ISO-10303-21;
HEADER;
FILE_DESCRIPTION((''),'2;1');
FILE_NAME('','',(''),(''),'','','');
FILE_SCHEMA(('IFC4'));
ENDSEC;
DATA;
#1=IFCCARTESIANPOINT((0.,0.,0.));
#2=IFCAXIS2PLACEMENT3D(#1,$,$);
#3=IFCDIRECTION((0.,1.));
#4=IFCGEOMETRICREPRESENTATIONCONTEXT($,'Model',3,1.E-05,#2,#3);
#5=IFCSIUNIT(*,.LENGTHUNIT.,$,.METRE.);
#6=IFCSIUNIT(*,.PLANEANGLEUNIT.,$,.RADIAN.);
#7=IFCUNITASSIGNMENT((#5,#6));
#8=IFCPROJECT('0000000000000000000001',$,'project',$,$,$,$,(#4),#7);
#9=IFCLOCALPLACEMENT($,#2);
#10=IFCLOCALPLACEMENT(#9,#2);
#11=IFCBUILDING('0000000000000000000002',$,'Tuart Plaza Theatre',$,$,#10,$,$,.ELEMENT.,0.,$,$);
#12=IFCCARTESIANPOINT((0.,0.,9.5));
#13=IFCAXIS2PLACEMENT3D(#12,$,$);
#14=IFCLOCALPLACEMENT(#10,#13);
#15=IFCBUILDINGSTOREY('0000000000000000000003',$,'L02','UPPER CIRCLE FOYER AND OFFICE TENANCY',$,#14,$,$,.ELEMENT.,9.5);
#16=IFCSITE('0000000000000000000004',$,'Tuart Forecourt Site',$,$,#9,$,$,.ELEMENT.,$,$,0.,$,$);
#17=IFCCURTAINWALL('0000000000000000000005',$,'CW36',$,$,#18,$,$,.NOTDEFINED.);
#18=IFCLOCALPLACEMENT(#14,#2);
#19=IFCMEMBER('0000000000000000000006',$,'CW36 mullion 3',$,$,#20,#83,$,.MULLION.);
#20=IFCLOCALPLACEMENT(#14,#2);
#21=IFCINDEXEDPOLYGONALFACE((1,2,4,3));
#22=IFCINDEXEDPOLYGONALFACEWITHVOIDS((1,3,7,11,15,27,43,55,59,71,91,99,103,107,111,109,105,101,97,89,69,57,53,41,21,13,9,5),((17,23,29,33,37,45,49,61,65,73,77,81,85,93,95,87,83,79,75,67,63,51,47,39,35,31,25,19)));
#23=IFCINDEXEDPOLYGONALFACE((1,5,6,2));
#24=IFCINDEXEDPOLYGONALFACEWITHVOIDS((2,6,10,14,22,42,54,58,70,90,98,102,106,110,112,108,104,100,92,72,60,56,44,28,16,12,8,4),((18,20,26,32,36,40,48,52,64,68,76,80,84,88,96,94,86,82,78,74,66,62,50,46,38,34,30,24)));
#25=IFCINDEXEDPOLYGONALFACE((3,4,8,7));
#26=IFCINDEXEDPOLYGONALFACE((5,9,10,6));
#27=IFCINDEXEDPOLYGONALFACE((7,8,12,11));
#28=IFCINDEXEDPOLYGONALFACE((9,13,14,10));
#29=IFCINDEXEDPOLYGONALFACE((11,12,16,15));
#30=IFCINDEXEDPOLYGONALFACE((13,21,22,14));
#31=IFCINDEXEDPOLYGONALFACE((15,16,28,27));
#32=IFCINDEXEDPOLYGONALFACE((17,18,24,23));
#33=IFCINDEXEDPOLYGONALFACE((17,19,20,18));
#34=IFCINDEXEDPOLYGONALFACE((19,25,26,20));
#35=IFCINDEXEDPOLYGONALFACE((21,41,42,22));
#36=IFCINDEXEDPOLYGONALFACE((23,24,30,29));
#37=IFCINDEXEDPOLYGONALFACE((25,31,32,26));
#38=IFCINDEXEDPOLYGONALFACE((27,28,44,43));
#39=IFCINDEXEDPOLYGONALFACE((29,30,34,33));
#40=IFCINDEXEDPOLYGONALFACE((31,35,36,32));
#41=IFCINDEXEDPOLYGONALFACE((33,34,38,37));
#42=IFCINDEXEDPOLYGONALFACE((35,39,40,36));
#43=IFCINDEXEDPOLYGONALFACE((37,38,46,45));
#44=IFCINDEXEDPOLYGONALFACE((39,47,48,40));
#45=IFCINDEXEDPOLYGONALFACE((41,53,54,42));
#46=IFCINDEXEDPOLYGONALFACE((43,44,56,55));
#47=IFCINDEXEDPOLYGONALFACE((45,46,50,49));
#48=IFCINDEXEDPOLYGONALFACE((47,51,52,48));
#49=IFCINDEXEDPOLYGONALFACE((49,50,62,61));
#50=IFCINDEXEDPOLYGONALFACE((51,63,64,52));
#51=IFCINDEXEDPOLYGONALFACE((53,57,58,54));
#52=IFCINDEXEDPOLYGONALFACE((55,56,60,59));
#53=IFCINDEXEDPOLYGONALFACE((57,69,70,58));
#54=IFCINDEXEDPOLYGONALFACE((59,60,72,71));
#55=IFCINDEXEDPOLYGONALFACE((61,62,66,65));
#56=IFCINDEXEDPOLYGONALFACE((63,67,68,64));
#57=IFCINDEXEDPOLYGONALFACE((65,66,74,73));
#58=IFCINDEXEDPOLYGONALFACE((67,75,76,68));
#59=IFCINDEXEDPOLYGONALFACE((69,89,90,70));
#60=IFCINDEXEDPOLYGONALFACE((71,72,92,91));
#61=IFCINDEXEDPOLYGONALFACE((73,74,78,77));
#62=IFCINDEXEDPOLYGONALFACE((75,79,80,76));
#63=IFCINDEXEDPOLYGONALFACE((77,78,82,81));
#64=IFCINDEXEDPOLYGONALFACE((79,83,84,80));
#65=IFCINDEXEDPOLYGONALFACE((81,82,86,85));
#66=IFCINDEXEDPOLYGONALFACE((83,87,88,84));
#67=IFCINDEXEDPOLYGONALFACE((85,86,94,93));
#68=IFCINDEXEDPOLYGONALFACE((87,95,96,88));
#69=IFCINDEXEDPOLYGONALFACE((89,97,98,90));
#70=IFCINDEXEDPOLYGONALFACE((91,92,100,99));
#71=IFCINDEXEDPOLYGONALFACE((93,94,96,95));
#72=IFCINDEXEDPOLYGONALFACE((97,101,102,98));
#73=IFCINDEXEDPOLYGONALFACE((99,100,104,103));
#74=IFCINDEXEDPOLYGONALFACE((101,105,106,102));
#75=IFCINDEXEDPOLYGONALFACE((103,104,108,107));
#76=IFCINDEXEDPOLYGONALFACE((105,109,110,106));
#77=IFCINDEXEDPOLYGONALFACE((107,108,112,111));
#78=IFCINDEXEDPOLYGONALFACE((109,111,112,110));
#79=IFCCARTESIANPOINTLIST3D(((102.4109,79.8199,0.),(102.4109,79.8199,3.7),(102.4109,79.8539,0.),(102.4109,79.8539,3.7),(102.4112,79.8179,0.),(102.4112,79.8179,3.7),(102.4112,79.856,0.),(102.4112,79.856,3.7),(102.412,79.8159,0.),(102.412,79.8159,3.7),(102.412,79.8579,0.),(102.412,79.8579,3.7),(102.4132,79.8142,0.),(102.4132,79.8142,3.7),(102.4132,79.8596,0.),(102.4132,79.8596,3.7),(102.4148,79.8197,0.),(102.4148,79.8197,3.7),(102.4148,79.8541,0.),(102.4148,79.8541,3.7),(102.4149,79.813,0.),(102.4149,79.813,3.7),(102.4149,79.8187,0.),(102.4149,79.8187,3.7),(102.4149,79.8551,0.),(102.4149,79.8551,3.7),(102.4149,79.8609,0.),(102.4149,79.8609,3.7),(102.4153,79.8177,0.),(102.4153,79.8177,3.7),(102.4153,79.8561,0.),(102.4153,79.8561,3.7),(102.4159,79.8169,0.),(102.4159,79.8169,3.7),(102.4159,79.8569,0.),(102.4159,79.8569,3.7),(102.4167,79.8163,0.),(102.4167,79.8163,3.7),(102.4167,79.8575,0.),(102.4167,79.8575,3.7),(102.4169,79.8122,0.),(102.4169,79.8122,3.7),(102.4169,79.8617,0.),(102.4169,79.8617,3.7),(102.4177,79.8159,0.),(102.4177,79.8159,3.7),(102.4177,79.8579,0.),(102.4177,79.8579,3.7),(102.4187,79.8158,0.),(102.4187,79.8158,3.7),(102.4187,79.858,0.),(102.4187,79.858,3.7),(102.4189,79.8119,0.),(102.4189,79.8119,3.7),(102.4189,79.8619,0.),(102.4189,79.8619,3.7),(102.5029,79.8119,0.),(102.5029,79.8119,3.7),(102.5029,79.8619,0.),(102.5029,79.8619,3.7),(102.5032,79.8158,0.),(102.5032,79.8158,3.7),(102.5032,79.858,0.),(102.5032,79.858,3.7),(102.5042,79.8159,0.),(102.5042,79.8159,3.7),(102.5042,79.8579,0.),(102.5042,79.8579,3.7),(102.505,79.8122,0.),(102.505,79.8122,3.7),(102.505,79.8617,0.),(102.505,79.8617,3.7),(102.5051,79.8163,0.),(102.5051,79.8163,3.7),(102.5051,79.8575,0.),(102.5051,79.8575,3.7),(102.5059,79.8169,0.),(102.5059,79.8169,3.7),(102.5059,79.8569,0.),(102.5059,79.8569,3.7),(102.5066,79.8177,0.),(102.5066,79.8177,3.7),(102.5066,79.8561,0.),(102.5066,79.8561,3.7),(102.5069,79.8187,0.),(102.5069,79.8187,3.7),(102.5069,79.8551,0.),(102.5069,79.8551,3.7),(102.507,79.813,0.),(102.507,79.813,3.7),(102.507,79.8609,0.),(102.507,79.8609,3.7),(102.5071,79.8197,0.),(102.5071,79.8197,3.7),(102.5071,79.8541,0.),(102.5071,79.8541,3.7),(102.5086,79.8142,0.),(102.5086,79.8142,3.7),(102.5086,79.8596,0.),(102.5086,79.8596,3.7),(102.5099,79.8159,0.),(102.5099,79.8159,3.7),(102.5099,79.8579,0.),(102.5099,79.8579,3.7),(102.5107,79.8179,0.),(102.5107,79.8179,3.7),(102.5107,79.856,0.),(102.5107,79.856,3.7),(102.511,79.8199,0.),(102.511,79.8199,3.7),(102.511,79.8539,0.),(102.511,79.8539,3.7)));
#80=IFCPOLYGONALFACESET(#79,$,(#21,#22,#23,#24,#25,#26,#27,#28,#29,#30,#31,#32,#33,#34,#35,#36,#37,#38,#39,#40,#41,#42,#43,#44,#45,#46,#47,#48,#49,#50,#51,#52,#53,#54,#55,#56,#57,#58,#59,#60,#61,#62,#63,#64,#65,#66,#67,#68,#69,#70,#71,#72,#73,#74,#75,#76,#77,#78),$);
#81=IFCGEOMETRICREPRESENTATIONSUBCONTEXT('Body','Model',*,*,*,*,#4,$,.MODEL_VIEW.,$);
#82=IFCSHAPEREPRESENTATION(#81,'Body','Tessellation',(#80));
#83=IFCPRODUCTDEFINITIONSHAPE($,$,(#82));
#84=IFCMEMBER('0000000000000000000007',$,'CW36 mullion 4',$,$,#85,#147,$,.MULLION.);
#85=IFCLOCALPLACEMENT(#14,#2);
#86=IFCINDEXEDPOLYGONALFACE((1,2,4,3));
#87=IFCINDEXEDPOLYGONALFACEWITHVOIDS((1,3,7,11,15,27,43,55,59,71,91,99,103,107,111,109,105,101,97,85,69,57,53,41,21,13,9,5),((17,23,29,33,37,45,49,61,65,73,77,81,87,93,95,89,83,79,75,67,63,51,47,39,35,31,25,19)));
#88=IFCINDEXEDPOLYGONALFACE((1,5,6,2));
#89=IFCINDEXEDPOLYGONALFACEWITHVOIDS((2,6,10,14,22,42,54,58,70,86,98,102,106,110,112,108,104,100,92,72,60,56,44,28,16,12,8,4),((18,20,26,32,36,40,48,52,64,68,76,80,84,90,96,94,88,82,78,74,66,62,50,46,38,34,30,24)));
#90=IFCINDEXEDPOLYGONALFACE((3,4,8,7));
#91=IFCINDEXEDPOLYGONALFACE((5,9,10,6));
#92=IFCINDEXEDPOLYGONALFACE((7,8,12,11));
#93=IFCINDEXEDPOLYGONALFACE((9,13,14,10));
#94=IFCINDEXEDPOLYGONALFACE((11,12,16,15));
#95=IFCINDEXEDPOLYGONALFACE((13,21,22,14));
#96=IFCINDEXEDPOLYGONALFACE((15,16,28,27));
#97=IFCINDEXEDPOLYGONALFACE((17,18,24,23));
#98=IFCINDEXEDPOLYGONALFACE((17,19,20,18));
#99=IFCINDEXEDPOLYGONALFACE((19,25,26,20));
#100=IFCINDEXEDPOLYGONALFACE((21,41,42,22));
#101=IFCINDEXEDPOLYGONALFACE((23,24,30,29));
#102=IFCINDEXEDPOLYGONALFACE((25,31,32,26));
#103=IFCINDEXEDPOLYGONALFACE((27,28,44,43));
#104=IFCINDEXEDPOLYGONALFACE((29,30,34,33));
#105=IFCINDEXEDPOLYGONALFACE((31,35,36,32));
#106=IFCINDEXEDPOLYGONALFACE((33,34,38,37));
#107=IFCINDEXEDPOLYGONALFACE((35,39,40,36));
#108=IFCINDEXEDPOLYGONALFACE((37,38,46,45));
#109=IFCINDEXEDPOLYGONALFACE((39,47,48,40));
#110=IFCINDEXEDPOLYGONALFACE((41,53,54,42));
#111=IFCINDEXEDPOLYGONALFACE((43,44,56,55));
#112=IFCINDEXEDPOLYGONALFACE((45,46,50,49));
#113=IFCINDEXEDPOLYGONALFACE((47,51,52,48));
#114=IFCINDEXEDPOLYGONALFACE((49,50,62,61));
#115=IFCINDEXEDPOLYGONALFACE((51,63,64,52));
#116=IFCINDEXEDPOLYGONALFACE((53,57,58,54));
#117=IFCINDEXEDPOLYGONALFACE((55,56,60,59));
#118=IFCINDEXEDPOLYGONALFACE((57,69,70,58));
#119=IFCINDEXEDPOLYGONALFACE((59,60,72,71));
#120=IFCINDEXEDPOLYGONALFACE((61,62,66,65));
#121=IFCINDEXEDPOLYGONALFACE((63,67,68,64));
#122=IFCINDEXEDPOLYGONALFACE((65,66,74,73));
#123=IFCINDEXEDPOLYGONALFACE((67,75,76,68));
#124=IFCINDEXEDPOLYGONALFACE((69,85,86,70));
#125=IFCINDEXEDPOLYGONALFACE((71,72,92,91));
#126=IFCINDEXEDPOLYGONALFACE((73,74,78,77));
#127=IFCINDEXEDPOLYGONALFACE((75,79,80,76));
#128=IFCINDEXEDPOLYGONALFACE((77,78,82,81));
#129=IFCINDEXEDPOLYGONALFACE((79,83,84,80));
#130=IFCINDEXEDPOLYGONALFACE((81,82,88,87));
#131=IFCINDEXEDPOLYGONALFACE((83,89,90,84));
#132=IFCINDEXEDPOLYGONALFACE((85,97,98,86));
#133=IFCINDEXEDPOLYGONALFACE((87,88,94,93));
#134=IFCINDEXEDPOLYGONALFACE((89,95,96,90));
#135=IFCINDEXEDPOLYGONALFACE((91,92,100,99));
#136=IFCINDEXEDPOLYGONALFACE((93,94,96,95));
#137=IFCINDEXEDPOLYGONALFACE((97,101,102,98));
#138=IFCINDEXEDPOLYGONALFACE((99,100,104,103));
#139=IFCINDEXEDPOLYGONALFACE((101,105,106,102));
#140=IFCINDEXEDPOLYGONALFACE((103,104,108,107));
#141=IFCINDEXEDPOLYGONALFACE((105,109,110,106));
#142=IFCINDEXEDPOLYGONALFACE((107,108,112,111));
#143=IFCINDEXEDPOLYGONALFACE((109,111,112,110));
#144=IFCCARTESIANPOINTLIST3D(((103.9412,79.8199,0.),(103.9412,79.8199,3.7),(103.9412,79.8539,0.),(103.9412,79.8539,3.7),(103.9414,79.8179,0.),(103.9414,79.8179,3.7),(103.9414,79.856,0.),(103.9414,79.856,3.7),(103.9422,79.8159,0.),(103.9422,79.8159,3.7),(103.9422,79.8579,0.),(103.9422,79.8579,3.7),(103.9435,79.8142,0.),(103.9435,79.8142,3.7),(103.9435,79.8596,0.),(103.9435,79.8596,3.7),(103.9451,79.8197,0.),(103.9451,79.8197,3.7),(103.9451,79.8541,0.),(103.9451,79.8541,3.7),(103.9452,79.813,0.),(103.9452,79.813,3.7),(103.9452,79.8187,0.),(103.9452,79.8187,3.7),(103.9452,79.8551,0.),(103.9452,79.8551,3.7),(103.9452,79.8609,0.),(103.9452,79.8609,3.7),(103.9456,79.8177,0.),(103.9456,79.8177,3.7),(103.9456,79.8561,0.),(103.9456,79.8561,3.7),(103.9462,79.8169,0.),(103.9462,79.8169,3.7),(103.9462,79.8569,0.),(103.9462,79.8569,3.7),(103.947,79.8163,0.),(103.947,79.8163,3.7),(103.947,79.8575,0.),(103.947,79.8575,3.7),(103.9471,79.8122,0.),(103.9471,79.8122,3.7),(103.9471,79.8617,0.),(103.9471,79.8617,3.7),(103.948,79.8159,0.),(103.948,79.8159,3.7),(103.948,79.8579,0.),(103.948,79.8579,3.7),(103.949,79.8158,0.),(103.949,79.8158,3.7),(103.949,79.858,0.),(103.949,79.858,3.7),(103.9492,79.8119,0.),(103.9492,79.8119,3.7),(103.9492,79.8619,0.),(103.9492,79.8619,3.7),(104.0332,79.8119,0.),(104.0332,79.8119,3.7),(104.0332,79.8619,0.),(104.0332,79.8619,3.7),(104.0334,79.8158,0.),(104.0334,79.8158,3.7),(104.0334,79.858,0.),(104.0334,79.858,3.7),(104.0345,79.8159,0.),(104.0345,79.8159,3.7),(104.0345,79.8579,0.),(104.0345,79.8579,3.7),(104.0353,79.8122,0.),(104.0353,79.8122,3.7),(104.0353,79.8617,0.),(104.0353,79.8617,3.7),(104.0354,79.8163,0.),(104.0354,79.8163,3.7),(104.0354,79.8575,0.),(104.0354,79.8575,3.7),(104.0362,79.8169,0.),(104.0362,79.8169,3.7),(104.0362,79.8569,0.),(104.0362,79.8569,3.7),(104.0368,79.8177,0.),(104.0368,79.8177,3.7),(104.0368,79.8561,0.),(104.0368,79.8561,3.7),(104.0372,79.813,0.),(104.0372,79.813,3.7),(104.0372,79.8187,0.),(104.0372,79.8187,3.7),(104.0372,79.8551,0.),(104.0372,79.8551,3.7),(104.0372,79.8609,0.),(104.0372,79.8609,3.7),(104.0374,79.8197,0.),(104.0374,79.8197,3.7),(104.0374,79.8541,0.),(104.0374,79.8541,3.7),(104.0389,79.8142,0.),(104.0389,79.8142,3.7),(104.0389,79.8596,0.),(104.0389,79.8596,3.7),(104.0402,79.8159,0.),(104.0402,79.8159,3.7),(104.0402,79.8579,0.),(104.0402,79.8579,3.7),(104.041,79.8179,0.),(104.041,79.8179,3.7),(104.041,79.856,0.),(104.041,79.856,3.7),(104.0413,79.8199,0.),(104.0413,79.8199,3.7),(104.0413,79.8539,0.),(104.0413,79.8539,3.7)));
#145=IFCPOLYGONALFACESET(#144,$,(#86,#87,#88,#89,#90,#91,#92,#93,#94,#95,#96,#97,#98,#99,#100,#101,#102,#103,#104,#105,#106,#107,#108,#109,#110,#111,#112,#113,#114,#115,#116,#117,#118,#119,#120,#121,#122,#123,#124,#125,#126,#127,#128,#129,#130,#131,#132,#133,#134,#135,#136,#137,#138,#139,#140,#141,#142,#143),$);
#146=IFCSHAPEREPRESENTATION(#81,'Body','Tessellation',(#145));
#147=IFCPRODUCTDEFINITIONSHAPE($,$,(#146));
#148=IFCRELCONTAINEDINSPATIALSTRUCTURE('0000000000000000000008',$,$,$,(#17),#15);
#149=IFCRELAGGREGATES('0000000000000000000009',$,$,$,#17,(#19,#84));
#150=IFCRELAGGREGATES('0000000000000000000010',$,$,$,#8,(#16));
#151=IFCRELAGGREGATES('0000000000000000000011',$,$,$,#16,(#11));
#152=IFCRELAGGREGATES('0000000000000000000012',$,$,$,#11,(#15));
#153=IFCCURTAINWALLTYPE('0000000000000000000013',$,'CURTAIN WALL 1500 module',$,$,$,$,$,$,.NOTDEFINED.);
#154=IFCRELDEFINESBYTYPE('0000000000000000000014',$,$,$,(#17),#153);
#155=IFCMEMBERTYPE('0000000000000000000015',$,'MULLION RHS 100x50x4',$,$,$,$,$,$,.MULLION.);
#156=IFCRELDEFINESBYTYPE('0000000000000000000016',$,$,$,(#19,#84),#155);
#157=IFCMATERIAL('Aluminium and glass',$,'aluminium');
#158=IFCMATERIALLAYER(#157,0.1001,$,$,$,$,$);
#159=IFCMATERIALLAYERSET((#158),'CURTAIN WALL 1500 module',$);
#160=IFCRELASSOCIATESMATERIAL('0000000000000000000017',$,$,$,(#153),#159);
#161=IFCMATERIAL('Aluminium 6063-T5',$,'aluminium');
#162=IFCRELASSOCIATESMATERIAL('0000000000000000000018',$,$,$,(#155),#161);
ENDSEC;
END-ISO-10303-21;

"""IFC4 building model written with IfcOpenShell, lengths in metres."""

from ifc_helpers import new_model, si_unit, direction, frame, origin, origin_2d, place, context, subcontext, project, spatial, hollow_rectangle, extrude, material, layer, layer_set, material_profile, profile_set, type_object, element, aggregate, save


model = new_model("IFC4")

# Units and contexts
model_context = context("Model", 3, precision=1e-05, world=origin(), true_north=direction((0.0, 1.0)))
body_context = subcontext(model_context, "Body", "Model", "MODEL_VIEW")
ifc_project = project(units=[si_unit("LENGTHUNIT", "METRE"), si_unit("PLANEANGLEUNIT", "RADIAN")], contexts=[model_context])

# Site, building, storey
site_placement = place(None, origin())
site = spatial("IfcSite", under=ifc_project, at=site_placement, Name="Tuart Forecourt Site", CompositionType="ELEMENT", RefElevation=0.0)
building_placement = place(site_placement, origin())
building = spatial("IfcBuilding", under=site, at=building_placement, Name="Tuart Plaza Theatre", CompositionType="ELEMENT", ElevationOfRefHeight=0.0)
storey_placement = place(building_placement, frame((0.0, 0.0, 9.5)))
storey = spatial("IfcBuildingStorey", under=building, at=storey_placement, Name="L02", Description="UPPER CIRCLE FOYER AND OFFICE TENANCY", CompositionType="ELEMENT", Elevation=9.5)

# Curtain wall, members
ifc_material_1 = material(Name="Aluminium and glass", Category="aluminium")
ifc_layer_1 = layer(ifc_material_1, 0.1001)
ifc_layer_set_1 = layer_set([ifc_layer_1], Name="CURTAIN WALL 1500 module")
curtain_wall_type = type_object("IfcCurtainWallType", Name="CURTAIN WALL 1500 module", PredefinedType="NOTDEFINED", material=ifc_layer_set_1)
curtain_wall_placement = place(storey_placement, origin())
curtain_wall = element("IfcCurtainWall", 1, at=curtain_wall_placement, inside=storey, type_object=curtain_wall_type, Name="CW36", PredefinedType="NOTDEFINED")
ifc_material_2 = material(Name="Aluminium 6063-T5", Category="aluminium")
ifc_material_profile_1 = material_profile(ifc_material_2, hollow_rectangle(XDim=0.05, YDim=0.1001, WallThickness=0.0039, InnerFilletRadius=0.0039, OuterFilletRadius=0.0081, at=origin_2d()), Name="RHS 100x50x4")
ifc_profile_set_1 = profile_set([ifc_material_profile_1], Name="Aluminium 6063-T5")
member_type_1 = type_object("IfcMemberType", Name="MULLION RHS 100x50x4", PredefinedType="MULLION", material=ifc_profile_set_1)
member_1_placement = place(storey_placement, frame((102.4609, 79.8369, 0.0), z_axis=(0.0, 0.0, 1.0), x_axis=(0.0, 1.0, 0.0)))
member_1 = element("IfcMember", 2, at=member_1_placement, type_object=member_type_1, Name="CW36 mullion 3", PredefinedType="MULLION", context=body_context, shape_type="SweptSolid", body=[
    extrude(hollow_rectangle(XDim=0.05, YDim=0.1001, WallThickness=0.0039, InnerFilletRadius=0.0039, OuterFilletRadius=0.0081, at=origin_2d()), origin(), (0.0, 0.0, 1.0), 3.7),
])
member_2_placement = place(storey_placement, frame((103.9912, 79.8369, 0.0), z_axis=(0.0, 0.0, 1.0), x_axis=(0.0, 1.0, 0.0)))
member_2 = element("IfcMember", 3, at=member_2_placement, type_object=member_type_1, Name="CW36 mullion 4", PredefinedType="MULLION", context=body_context, shape_type="SweptSolid", body=[
    extrude(hollow_rectangle(XDim=0.05, YDim=0.1001, WallThickness=0.0039, InnerFilletRadius=0.0039, OuterFilletRadius=0.0081, at=origin_2d()), origin(), (0.0, 0.0, 1.0), 3.7),
])
aggregate(curtain_wall, [member_1, member_2])

save(model, "model.ifc")
